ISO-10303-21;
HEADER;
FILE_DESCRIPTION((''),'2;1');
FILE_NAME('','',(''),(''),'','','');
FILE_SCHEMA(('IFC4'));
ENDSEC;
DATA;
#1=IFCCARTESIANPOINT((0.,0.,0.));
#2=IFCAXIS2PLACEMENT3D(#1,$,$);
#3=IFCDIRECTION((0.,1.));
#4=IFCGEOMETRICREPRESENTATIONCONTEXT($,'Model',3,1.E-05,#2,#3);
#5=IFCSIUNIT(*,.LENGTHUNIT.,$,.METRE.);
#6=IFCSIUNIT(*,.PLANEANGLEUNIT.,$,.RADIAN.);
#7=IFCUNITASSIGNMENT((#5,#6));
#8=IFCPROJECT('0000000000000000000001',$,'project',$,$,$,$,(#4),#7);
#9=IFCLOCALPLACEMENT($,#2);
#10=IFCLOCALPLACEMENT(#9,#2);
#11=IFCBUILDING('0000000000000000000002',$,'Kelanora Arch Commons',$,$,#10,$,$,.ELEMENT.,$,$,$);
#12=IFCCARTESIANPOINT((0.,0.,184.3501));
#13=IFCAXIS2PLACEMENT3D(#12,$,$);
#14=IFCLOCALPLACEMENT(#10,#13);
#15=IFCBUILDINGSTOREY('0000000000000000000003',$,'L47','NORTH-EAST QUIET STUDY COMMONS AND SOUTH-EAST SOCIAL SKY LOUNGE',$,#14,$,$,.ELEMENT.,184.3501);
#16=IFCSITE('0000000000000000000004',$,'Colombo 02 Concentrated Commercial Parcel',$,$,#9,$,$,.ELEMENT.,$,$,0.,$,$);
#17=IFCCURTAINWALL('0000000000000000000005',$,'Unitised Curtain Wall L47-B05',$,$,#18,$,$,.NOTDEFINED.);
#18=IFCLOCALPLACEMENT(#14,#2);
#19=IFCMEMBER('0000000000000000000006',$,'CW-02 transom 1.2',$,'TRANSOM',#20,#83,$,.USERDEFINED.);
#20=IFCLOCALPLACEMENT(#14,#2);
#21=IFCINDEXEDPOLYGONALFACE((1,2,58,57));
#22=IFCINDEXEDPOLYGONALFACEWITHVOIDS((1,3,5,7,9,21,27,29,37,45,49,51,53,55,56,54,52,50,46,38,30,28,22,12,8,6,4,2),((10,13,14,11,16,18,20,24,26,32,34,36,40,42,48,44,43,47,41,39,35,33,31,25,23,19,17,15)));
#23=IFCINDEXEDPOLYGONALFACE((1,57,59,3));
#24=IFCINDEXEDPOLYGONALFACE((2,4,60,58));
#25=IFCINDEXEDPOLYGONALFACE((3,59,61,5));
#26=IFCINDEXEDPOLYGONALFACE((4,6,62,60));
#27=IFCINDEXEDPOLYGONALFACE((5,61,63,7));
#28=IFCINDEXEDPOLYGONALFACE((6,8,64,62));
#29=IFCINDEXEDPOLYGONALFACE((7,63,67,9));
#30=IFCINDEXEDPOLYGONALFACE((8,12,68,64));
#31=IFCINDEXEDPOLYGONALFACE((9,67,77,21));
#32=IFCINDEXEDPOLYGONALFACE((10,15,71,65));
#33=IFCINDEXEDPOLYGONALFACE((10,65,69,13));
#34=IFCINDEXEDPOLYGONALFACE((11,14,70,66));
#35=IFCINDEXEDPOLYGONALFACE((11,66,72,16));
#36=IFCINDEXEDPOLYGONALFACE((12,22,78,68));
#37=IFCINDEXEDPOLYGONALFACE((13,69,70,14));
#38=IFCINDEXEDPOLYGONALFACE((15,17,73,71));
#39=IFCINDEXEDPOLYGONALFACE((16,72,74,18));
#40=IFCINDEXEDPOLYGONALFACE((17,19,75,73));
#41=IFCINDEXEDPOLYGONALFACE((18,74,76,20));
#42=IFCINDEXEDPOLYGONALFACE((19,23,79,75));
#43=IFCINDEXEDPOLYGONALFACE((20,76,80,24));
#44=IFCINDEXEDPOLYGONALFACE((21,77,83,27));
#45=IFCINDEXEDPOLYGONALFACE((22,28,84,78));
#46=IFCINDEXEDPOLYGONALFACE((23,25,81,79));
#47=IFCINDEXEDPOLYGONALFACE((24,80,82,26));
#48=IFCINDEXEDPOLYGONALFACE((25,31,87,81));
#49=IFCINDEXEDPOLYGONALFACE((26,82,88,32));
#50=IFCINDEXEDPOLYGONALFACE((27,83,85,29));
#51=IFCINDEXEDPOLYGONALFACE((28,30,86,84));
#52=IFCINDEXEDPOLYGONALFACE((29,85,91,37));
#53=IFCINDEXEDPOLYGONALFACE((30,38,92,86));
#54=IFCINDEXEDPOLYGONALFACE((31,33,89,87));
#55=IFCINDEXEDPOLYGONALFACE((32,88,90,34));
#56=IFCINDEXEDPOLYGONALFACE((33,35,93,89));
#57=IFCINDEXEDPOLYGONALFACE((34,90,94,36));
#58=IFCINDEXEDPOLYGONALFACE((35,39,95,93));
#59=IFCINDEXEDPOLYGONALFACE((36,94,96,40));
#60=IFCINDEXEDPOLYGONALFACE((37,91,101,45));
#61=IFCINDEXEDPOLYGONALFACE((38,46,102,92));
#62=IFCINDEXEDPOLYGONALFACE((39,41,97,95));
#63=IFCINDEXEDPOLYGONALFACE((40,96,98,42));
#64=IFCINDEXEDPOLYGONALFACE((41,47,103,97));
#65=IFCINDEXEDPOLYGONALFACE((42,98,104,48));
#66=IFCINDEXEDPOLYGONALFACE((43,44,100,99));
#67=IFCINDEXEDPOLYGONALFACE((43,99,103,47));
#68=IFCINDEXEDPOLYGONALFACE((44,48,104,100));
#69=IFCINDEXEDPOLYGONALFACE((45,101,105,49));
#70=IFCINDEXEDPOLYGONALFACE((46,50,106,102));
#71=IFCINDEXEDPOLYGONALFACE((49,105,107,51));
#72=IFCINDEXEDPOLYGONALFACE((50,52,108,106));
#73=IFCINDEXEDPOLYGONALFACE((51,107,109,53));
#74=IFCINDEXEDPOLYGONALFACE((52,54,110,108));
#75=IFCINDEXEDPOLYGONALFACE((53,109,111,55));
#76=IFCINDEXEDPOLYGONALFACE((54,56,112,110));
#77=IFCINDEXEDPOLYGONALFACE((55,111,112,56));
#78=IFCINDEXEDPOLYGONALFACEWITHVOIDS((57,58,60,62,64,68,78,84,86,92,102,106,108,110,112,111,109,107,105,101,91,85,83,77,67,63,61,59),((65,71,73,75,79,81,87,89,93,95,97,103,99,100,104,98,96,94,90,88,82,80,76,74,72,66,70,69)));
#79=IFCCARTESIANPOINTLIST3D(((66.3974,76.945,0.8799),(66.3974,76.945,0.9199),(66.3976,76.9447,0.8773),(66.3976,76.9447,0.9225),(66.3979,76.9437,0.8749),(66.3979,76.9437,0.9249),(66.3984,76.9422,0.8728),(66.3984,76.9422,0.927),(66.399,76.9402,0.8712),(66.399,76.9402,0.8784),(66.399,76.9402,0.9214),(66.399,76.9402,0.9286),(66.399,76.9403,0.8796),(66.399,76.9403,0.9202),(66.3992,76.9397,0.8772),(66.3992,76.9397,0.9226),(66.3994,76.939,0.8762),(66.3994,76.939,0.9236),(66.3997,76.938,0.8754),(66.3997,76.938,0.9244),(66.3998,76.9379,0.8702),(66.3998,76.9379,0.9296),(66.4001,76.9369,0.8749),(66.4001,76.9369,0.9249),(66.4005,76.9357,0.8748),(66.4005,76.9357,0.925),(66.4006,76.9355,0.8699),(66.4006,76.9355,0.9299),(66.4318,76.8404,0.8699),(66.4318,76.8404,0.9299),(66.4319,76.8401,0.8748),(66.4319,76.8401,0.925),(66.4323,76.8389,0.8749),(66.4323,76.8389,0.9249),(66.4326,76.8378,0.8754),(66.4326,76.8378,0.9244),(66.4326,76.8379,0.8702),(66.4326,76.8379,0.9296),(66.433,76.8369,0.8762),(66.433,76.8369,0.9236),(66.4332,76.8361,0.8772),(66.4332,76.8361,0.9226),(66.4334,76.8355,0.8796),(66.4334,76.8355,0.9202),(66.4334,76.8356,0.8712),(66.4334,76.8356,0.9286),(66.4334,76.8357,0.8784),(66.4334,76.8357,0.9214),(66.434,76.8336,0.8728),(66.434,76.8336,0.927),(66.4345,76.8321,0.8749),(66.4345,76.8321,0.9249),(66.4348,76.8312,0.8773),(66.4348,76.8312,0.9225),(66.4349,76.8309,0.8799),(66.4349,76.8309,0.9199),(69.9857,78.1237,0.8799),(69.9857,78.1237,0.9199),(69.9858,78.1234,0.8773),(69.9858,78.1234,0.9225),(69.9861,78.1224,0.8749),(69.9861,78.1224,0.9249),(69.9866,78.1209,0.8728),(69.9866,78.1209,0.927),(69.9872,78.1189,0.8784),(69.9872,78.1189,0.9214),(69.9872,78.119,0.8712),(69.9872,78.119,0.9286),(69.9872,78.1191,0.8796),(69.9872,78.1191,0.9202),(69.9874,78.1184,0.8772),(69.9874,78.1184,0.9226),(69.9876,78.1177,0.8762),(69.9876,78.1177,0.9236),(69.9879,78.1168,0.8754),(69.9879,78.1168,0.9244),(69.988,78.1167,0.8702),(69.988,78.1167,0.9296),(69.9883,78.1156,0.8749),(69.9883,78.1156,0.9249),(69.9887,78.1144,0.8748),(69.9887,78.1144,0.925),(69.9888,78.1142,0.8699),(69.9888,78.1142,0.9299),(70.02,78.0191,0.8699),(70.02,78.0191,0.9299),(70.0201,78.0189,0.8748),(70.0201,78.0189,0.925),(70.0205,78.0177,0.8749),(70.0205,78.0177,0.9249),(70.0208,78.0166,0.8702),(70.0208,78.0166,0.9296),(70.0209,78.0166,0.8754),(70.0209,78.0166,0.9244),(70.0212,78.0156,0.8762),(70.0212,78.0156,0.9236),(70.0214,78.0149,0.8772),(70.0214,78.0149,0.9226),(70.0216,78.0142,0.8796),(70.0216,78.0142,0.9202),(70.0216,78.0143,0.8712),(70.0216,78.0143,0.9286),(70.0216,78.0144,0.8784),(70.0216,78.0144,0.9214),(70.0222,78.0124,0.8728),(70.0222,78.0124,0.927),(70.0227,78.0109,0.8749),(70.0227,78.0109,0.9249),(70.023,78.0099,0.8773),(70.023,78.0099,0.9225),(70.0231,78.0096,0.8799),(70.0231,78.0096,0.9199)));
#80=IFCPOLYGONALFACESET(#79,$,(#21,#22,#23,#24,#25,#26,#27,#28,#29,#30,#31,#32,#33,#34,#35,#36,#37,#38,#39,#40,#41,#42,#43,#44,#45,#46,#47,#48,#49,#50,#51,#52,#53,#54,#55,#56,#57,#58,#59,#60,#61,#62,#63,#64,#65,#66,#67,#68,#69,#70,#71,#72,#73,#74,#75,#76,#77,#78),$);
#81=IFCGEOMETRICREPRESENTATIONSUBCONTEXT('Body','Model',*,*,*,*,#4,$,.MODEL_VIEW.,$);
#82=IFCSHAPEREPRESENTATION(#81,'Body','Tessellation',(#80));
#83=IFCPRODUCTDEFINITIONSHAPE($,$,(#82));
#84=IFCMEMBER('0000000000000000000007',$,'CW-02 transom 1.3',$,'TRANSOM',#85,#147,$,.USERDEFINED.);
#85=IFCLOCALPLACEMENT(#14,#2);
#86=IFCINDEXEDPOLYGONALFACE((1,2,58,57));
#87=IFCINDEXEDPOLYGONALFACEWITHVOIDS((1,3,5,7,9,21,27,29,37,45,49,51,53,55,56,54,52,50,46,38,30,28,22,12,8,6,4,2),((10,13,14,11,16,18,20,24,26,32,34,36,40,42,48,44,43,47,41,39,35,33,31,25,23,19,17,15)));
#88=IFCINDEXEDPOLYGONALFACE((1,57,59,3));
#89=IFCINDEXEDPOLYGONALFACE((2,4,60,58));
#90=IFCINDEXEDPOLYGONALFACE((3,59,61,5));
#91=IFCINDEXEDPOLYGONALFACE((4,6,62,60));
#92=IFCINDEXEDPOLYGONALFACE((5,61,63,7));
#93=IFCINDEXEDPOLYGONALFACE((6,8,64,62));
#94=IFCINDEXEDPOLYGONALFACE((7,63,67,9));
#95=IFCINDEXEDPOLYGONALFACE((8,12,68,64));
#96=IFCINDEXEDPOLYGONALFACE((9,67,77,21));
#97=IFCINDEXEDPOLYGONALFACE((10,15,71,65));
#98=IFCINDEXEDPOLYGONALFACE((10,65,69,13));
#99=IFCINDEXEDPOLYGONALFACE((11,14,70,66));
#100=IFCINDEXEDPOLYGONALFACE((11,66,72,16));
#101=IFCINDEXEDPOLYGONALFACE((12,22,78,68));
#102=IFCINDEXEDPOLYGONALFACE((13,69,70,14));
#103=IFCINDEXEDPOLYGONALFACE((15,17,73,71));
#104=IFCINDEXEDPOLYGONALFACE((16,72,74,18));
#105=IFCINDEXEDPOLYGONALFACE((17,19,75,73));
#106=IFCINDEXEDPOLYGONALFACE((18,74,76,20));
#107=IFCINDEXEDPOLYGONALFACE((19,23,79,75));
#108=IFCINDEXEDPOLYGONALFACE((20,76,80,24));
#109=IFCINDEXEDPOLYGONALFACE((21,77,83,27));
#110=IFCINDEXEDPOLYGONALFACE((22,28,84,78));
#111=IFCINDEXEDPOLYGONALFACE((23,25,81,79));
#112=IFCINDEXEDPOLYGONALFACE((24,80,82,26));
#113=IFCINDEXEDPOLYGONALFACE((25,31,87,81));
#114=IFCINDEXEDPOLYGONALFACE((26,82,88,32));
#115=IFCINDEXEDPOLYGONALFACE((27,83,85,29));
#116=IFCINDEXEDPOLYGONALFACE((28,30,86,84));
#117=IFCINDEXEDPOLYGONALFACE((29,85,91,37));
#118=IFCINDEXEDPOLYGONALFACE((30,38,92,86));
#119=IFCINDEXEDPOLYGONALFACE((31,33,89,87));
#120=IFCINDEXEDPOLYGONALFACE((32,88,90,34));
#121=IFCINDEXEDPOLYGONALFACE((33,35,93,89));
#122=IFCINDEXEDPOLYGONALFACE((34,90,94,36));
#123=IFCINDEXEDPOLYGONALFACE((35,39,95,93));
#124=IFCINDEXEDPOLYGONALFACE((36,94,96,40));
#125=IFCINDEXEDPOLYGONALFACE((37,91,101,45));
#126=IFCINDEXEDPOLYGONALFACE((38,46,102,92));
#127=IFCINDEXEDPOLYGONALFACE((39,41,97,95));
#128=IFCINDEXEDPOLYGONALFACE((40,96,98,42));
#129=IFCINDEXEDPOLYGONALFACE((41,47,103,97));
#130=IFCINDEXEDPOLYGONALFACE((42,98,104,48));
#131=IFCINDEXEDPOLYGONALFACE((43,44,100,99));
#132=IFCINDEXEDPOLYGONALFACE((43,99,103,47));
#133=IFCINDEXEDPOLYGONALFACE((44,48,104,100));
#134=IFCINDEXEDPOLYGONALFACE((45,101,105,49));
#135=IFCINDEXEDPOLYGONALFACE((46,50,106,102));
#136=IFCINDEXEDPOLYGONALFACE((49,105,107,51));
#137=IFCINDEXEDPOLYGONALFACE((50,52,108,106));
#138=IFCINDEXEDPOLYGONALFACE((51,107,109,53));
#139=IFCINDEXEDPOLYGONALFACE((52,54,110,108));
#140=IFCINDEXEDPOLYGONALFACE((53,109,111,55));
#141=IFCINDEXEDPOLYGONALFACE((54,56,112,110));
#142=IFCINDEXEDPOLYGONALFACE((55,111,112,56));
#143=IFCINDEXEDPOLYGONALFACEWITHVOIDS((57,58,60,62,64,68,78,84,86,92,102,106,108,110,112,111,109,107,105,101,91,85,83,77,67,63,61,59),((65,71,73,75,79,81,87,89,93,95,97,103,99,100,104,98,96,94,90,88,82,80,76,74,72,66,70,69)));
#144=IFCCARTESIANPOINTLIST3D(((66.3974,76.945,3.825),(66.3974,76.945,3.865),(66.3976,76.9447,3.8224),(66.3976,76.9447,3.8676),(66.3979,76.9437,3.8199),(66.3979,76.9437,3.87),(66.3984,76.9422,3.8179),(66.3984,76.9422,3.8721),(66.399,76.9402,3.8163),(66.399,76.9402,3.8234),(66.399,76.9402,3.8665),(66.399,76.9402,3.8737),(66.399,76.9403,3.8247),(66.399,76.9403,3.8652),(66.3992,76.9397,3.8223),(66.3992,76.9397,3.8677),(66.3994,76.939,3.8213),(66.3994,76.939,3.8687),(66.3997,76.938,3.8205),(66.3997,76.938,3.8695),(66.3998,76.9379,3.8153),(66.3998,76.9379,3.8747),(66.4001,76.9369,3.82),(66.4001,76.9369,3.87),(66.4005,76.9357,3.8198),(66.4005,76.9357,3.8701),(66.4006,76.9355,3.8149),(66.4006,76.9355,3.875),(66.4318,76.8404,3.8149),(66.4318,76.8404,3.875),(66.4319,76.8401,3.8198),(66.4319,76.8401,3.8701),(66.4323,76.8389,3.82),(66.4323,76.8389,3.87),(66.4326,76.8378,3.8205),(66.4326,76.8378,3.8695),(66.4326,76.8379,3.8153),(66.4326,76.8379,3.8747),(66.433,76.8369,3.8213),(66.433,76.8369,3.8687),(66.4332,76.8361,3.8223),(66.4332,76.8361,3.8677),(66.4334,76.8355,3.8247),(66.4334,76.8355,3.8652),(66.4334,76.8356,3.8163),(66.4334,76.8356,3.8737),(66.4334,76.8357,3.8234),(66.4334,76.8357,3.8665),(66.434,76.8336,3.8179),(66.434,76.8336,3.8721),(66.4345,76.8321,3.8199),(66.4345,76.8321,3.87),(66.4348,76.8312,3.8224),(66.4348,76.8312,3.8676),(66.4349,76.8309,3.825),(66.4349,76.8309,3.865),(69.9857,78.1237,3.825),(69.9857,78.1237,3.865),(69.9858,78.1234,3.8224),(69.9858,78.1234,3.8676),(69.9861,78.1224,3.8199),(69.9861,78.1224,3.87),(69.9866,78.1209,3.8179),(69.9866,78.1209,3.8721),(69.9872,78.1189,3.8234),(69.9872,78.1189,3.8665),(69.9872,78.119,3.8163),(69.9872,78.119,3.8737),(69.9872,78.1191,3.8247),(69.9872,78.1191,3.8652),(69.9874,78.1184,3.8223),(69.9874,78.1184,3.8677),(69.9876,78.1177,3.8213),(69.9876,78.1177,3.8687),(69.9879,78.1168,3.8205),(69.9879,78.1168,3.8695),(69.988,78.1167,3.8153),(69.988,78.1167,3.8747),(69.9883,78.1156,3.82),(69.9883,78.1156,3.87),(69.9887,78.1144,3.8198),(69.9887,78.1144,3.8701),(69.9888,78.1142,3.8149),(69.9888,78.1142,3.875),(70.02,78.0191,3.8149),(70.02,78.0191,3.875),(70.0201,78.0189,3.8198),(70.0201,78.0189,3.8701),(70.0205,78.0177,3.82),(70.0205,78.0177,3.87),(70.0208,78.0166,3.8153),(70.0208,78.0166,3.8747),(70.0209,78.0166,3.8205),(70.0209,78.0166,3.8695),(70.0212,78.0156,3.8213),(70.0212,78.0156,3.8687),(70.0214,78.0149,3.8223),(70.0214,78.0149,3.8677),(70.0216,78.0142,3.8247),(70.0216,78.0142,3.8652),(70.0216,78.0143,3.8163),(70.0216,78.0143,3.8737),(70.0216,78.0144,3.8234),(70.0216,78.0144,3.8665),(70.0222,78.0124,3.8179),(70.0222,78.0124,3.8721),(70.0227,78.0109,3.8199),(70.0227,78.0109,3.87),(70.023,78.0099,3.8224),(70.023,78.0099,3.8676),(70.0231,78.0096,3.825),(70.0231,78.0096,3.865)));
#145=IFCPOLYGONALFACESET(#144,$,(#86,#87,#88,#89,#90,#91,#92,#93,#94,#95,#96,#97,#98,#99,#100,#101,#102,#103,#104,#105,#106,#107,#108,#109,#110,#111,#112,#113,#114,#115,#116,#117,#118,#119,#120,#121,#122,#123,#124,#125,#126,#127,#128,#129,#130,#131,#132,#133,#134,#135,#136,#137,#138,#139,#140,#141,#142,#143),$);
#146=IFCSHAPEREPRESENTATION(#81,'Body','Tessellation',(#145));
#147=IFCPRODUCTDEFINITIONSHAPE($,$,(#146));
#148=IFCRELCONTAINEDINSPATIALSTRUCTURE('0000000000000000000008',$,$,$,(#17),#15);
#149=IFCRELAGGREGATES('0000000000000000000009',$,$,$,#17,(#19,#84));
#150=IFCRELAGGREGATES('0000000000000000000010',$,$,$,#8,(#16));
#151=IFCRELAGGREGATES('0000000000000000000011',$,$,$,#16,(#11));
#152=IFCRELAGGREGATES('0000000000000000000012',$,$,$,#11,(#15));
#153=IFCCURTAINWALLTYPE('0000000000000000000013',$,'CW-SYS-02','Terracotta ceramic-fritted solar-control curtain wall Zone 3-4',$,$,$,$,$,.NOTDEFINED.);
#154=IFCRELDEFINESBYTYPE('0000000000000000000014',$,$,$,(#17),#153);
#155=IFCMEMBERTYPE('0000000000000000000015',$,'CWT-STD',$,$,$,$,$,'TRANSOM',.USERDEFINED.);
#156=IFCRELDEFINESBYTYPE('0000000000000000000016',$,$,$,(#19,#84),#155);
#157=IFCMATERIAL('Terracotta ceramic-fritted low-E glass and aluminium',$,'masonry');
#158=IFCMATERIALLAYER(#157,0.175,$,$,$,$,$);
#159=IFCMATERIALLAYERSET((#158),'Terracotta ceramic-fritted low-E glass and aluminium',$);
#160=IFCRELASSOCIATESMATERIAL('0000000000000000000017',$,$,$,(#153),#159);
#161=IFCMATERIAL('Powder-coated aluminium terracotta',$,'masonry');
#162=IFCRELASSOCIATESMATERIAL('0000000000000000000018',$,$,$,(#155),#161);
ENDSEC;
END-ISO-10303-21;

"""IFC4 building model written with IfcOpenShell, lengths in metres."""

from ifc_helpers import new_model, si_unit, direction, frame, origin, origin_2d, place, context, subcontext, project, spatial, hollow_rectangle, extrude, material, layer, layer_set, material_profile, profile_set, type_object, element, aggregate, save


model = new_model("IFC4")

# Units and contexts
model_context = context("Model", 3, precision=1e-05, world=origin(), true_north=direction((0.0, 1.0)))
body_context = subcontext(model_context, "Body", "Model", "MODEL_VIEW")
ifc_project = project(units=[si_unit("LENGTHUNIT", "METRE"), si_unit("PLANEANGLEUNIT", "RADIAN")], contexts=[model_context])

# Site, building, storey
site_placement = place(None, origin())
site = spatial("IfcSite", under=ifc_project, at=site_placement, Name="Colombo 02 Concentrated Commercial Parcel", CompositionType="ELEMENT", RefElevation=0.0)
building_placement = place(site_placement, origin())
building = spatial("IfcBuilding", under=site, at=building_placement, Name="Kelanora Arch Commons", CompositionType="ELEMENT")
storey_placement = place(building_placement, frame((0.0, 0.0, 184.3501)))
storey = spatial("IfcBuildingStorey", under=building, at=storey_placement, Name="L47", Description="NORTH-EAST QUIET STUDY COMMONS AND SOUTH-EAST SOCIAL SKY LOUNGE", CompositionType="ELEMENT", Elevation=184.3501)

# Curtain wall, members
ifc_material_1 = material(Name="Terracotta ceramic-fritted low-E glass and aluminium", Category="masonry")
ifc_layer_1 = layer(ifc_material_1, 0.175)
ifc_layer_set_1 = layer_set([ifc_layer_1], Name="Terracotta ceramic-fritted low-E glass and aluminium")
curtain_wall_type = type_object("IfcCurtainWallType", Name="CW-SYS-02", Description="Terracotta ceramic-fritted solar-control curtain wall Zone 3-4", PredefinedType="NOTDEFINED", material=ifc_layer_set_1)
curtain_wall_placement = place(storey_placement, origin())
curtain_wall = element("IfcCurtainWall", 1, at=curtain_wall_placement, inside=storey, type_object=curtain_wall_type, Name="Unitised Curtain Wall L47-B05", PredefinedType="NOTDEFINED")
ifc_material_2 = material(Name="Powder-coated aluminium terracotta", Category="masonry")
ifc_material_profile_1 = material_profile(ifc_material_2, hollow_rectangle(XDim=0.1201, YDim=0.0601, WallThickness=0.0049, InnerFilletRadius=0.0049, OuterFilletRadius=0.01, at=origin_2d()), Name="CWT120x60")
ifc_profile_set_1 = profile_set([ifc_material_profile_1], Name="Powder-coated aluminium terracotta")
member_type_1 = type_object("IfcMemberType", Name="CWT-STD", ElementType="TRANSOM", PredefinedType="USERDEFINED", material=ifc_profile_set_1)
member_1_placement = place(storey_placement, frame((70.0044, 78.0667, 0.8999), z_axis=(-0.950051, -0.312094, 0.0), x_axis=(0.312094, -0.950051, 0.0)))
member_1 = element("IfcMember", 2, at=member_1_placement, type_object=member_type_1, Name="CW-02 transom 1.2", ObjectType="TRANSOM", PredefinedType="USERDEFINED", context=body_context, shape_type="SweptSolid", body=[
    extrude(hollow_rectangle(XDim=0.1201, YDim=0.0601, WallThickness=0.0049, InnerFilletRadius=0.0049, OuterFilletRadius=0.01, at=origin_2d()), origin(), (0.0, 0.0, 1.0), 3.7769),
])
member_2_placement = place(storey_placement, frame((70.0044, 78.0667, 3.845), z_axis=(-0.950051, -0.312094, 0.0), x_axis=(0.312094, -0.950051, 0.0)))
member_2 = element("IfcMember", 3, at=member_2_placement, type_object=member_type_1, Name="CW-02 transom 1.3", ObjectType="TRANSOM", PredefinedType="USERDEFINED", context=body_context, shape_type="SweptSolid", body=[
    extrude(hollow_rectangle(XDim=0.1201, YDim=0.0601, WallThickness=0.0049, InnerFilletRadius=0.0049, OuterFilletRadius=0.01, at=origin_2d()), origin(), (0.0, 0.0, 1.0), 3.7769),
])
aggregate(curtain_wall, [member_1, member_2])

save(model, "model.ifc")
